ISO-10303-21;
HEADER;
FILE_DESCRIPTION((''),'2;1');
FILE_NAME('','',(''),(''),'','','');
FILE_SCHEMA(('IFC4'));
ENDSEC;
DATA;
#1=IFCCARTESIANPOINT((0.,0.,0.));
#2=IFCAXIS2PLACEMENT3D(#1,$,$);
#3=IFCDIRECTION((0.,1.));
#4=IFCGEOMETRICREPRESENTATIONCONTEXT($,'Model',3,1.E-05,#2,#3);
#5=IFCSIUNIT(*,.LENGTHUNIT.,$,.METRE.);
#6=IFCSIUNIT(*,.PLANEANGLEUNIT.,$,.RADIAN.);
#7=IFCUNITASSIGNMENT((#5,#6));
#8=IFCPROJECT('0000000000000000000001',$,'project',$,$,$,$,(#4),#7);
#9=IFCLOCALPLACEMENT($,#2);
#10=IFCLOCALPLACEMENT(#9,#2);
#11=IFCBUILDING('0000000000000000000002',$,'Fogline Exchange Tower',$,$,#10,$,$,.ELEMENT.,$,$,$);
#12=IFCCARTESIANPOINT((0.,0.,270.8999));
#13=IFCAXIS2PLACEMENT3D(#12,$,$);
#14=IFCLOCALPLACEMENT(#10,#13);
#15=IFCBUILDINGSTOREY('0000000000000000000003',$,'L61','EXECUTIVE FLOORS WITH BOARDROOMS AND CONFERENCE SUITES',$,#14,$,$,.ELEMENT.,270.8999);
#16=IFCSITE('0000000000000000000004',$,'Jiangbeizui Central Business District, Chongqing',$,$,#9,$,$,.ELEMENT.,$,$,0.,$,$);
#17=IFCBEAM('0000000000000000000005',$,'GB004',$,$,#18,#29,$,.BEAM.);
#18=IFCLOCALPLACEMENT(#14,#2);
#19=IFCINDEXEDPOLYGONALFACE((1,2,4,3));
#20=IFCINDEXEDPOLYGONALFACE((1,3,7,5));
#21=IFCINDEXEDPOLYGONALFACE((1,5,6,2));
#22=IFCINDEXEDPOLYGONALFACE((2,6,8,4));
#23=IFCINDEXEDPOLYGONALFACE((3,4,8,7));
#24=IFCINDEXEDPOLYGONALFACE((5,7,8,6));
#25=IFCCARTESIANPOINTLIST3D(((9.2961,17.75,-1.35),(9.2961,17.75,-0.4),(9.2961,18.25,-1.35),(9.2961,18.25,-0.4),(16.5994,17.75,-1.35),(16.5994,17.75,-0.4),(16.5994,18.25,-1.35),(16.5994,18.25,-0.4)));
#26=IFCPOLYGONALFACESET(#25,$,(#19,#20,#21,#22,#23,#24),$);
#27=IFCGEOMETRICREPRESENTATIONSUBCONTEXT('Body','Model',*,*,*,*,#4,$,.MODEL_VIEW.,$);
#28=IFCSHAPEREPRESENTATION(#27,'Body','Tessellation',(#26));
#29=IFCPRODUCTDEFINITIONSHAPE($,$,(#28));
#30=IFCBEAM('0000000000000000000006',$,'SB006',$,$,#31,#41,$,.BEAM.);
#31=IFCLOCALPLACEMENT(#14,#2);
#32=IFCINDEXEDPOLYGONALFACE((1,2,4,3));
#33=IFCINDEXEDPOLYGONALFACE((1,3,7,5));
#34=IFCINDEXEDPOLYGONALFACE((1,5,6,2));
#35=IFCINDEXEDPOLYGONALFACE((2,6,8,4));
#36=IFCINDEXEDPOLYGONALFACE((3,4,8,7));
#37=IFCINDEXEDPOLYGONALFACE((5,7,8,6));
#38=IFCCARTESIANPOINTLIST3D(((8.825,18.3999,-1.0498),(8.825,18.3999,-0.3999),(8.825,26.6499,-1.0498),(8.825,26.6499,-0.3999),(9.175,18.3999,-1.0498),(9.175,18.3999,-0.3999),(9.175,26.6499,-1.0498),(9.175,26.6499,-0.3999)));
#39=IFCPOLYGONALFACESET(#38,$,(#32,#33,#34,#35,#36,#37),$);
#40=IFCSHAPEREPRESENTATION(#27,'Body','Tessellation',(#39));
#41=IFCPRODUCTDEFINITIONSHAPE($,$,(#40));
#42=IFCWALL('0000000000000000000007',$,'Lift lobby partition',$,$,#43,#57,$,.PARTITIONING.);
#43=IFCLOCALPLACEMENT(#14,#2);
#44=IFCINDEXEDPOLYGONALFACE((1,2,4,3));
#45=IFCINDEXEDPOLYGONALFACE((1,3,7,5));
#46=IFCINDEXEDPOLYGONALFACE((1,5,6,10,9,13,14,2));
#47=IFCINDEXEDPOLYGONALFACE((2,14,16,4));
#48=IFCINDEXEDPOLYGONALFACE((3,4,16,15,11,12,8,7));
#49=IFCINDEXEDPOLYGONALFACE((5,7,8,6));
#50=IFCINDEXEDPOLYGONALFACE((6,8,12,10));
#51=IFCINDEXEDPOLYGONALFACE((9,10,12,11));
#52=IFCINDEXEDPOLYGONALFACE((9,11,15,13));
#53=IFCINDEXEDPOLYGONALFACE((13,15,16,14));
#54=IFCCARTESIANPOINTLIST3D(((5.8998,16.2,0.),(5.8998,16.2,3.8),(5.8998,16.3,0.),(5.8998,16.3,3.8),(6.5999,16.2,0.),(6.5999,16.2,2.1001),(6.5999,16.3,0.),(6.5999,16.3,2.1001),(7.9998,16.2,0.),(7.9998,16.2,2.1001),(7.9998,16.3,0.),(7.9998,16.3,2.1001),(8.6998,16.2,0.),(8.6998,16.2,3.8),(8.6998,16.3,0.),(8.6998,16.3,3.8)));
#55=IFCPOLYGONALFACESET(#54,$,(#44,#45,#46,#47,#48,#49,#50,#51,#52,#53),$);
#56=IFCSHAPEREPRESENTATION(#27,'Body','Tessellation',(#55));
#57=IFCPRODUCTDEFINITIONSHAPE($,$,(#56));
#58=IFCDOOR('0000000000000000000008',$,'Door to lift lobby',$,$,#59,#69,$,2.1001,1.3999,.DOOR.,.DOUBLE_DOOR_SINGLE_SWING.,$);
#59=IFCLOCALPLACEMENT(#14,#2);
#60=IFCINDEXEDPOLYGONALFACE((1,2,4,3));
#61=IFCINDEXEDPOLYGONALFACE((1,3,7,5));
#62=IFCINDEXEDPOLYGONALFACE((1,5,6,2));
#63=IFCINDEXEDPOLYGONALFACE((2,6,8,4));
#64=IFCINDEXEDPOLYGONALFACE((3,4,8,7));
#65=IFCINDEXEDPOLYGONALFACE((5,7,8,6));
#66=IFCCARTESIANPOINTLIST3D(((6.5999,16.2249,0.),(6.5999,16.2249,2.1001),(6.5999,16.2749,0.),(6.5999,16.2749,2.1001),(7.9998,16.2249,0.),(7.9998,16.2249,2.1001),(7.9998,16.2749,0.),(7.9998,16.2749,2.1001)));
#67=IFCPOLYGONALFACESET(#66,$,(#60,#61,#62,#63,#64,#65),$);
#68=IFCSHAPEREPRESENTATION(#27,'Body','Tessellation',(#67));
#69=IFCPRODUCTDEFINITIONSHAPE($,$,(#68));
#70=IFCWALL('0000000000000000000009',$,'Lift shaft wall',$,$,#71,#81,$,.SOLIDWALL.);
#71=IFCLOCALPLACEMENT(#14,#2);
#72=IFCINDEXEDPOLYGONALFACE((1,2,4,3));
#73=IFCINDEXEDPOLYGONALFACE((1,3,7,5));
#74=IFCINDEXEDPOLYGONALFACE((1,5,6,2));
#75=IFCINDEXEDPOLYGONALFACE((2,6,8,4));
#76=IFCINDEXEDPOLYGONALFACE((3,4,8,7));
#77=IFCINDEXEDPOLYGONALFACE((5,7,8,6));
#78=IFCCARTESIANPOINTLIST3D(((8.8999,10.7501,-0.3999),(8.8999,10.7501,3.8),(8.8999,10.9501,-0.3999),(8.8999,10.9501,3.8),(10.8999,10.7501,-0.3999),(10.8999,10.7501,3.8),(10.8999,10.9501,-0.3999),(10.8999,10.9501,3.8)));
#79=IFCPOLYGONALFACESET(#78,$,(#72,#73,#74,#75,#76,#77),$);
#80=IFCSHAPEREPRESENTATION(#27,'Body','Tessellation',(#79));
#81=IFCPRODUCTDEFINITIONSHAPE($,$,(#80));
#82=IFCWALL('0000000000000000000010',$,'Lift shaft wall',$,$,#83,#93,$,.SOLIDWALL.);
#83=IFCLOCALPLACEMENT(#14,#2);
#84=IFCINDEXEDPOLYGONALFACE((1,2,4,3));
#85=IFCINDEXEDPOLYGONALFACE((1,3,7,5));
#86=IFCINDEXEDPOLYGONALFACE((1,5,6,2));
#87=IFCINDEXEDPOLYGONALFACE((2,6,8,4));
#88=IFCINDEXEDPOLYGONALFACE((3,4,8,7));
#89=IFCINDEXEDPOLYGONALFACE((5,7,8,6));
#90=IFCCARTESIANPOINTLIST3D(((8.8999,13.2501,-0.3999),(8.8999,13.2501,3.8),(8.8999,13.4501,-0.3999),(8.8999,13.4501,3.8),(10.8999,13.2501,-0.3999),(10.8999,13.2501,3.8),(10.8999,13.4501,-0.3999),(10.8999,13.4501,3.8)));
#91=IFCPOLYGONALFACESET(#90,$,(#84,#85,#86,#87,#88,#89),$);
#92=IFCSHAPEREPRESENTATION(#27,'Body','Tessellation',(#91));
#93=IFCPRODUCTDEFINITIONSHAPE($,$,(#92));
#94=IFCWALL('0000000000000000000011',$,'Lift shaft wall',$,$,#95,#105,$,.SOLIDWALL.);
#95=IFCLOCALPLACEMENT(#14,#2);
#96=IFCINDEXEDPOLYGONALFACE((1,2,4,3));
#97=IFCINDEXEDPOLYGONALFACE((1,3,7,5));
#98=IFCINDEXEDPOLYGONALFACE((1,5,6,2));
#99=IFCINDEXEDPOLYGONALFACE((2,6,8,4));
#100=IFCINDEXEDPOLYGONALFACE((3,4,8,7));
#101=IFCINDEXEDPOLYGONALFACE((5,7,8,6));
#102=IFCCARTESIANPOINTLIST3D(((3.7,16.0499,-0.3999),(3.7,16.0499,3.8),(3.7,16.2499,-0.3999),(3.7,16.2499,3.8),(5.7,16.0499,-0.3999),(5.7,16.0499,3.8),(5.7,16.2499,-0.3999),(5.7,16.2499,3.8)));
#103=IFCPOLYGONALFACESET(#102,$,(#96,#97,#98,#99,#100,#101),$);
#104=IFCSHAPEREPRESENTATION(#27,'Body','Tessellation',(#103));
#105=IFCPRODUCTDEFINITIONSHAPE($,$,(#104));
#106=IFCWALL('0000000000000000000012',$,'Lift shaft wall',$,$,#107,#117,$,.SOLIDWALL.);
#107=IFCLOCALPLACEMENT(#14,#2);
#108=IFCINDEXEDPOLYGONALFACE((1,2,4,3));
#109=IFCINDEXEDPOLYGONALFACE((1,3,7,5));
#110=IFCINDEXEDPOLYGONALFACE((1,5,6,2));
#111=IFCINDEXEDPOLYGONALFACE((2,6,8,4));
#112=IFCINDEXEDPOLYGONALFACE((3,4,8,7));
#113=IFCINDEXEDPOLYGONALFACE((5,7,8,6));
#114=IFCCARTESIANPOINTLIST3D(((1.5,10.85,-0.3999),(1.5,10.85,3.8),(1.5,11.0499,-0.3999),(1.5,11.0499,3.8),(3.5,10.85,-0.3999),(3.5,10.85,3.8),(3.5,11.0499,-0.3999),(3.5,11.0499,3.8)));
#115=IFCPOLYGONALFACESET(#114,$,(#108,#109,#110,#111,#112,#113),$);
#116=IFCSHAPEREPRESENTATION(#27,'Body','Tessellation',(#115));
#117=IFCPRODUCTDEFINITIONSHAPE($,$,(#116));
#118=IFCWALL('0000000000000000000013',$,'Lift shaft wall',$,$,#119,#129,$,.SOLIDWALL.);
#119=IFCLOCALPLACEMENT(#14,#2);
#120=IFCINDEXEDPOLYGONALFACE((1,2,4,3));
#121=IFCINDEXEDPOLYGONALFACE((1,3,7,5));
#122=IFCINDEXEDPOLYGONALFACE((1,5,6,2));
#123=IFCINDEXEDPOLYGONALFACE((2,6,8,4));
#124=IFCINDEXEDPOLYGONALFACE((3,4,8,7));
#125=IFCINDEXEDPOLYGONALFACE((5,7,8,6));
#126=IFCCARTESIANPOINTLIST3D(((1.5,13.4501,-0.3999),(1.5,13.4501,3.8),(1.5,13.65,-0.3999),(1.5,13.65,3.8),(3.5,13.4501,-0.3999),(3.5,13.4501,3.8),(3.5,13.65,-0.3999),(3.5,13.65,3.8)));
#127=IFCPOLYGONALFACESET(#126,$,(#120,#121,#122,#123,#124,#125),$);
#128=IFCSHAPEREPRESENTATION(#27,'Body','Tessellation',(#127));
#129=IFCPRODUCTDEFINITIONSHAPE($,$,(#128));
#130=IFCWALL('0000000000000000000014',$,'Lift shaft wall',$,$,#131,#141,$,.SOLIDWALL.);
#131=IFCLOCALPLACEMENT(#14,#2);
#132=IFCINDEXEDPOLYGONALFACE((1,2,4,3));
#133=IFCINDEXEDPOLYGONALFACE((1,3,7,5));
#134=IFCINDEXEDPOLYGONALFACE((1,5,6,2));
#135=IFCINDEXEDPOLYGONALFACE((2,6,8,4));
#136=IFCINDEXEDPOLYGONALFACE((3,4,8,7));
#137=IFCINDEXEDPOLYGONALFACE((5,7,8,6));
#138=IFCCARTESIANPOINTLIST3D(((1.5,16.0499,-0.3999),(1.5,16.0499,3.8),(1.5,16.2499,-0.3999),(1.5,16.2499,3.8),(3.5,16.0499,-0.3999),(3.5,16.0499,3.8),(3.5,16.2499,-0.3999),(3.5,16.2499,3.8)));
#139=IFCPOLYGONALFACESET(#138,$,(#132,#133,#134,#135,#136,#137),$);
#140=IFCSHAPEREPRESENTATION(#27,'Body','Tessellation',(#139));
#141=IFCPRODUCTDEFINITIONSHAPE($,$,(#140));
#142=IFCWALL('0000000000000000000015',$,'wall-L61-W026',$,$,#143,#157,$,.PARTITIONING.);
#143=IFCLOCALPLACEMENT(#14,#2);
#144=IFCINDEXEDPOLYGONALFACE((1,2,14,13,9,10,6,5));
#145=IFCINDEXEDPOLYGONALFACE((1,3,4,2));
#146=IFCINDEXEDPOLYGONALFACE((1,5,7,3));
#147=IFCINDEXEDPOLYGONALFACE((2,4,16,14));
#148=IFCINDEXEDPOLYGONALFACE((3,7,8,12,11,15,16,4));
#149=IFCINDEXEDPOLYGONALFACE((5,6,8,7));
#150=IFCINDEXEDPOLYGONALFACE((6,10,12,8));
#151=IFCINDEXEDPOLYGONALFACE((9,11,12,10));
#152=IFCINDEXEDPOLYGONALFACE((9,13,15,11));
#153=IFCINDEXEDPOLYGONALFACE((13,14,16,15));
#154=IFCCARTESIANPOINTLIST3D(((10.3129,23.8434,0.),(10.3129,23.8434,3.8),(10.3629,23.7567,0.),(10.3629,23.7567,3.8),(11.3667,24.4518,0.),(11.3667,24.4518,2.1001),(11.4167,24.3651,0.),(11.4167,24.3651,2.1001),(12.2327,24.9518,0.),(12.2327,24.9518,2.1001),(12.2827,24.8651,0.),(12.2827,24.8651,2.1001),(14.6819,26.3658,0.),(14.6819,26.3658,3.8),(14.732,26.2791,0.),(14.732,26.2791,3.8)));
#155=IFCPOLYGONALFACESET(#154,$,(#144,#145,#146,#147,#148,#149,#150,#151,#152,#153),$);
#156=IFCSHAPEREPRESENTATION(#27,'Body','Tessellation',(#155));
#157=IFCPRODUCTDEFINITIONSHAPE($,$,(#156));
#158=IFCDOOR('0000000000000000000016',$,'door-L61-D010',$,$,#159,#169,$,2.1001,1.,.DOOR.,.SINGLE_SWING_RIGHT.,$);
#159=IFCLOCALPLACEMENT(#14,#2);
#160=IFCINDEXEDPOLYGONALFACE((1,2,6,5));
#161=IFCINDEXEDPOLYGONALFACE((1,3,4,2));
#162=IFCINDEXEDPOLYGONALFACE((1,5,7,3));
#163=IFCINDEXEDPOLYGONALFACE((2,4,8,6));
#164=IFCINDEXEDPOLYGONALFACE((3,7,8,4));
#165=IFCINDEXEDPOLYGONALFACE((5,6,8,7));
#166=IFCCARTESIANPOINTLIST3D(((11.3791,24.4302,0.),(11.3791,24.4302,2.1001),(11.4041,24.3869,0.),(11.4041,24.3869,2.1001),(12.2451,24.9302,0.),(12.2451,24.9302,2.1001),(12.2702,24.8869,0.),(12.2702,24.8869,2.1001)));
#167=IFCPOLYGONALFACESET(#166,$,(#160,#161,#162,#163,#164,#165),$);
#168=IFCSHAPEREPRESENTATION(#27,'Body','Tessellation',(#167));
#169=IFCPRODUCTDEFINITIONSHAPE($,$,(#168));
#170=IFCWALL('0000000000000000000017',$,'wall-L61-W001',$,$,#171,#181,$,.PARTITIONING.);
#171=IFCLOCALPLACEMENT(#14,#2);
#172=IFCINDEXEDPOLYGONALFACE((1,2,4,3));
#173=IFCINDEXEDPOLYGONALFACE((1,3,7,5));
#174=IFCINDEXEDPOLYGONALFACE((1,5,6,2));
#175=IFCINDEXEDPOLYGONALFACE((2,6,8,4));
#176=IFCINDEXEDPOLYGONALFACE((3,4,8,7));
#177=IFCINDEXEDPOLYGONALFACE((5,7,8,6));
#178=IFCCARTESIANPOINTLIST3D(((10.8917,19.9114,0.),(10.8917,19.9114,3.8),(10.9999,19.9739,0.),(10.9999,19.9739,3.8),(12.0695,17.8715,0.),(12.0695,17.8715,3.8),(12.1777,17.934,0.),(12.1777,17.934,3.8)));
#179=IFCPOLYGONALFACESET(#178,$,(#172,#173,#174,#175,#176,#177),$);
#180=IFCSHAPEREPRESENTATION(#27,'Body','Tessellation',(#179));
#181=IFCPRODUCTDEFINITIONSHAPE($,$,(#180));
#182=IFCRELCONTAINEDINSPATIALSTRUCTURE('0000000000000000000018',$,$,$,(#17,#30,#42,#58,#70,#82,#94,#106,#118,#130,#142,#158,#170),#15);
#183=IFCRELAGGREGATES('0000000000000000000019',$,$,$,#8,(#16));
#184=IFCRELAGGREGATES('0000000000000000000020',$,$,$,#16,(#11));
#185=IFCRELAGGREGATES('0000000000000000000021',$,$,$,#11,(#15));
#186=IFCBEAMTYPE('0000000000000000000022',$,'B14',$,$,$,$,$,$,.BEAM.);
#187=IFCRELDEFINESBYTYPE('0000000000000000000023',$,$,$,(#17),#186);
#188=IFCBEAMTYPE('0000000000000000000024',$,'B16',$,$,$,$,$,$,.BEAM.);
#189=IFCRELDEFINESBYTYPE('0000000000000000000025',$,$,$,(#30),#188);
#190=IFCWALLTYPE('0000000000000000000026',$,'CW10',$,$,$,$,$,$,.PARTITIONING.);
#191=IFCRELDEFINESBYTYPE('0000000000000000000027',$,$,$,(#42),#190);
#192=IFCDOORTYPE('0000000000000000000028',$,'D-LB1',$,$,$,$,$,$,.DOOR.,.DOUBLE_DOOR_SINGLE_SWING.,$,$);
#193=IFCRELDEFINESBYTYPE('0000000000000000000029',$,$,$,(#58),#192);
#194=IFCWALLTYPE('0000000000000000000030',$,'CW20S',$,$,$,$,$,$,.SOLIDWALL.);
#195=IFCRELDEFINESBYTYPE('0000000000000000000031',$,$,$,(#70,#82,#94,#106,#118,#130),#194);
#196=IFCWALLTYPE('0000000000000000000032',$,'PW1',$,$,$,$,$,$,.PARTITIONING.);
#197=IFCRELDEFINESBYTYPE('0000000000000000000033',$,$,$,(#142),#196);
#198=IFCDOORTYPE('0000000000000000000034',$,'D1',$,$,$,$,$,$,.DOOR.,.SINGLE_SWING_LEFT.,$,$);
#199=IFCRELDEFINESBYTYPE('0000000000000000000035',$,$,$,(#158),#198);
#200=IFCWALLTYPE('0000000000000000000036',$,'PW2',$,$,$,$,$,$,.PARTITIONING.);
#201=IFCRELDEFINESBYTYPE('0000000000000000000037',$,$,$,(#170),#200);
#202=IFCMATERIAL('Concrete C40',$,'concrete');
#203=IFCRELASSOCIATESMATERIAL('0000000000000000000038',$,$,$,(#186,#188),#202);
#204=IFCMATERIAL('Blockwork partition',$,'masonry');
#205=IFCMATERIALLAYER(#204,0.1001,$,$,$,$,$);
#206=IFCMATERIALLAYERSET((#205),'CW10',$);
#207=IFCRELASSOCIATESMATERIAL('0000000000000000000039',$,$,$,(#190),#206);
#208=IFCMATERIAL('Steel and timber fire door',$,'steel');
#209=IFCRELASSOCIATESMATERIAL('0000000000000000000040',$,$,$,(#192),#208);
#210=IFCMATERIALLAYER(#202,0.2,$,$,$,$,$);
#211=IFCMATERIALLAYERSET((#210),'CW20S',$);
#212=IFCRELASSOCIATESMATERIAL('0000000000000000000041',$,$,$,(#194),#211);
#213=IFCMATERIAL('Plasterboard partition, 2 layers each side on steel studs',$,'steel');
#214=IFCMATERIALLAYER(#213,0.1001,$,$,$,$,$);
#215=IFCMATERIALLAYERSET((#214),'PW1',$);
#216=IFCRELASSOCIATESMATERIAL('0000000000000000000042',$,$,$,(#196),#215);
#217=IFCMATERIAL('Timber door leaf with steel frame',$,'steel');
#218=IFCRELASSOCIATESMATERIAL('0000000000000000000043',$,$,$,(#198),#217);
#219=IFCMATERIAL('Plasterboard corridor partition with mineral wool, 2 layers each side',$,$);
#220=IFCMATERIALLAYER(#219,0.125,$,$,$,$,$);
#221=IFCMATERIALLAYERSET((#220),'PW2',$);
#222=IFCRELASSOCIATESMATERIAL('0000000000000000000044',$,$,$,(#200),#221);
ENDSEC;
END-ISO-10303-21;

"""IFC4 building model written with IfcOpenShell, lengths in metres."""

from ifc_helpers import new_model, si_unit, direction, frame, frame_2d, origin, origin_2d, place, context, subcontext, project, spatial, rectangle, extrude, material, layer, layer_set, material_profile, profile_set, type_object, element, fill, save


model = new_model("IFC4")

# Units and contexts
model_context = context("Model", 3, precision=1e-05, world=origin(), true_north=direction((0.0, 1.0)))
body_context = subcontext(model_context, "Body", "Model", "MODEL_VIEW")
ifc_project = project(units=[si_unit("LENGTHUNIT", "METRE"), si_unit("PLANEANGLEUNIT", "RADIAN")], contexts=[model_context])

# Site, building, storey
site_placement = place(None, origin())
site = spatial("IfcSite", under=ifc_project, at=site_placement, Name="Jiangbeizui Central Business District, Chongqing", CompositionType="ELEMENT", RefElevation=0.0)
building_placement = place(site_placement, origin())
building = spatial("IfcBuilding", under=site, at=building_placement, Name="Fogline Exchange Tower", CompositionType="ELEMENT")
storey_placement = place(building_placement, frame((0.0, 0.0, 270.8999)))
storey = spatial("IfcBuildingStorey", under=building, at=storey_placement, Name="L61", Description="EXECUTIVE FLOORS WITH BOARDROOMS AND CONFERENCE SUITES", CompositionType="ELEMENT", Elevation=270.8999)

# Beams
ifc_material_1 = material(Name="Concrete C40", Category="concrete")
ifc_material_profile_1 = material_profile(ifc_material_1, rectangle(XDim=0.5, YDim=0.95, at=origin_2d()), Name="RC 500x950")
ifc_profile_set_1 = profile_set([ifc_material_profile_1], Name="Concrete C40")
beam_type_1 = type_object("IfcBeamType", Name="B14", PredefinedType="BEAM", material=ifc_profile_set_1)
beam_1_placement = place(storey_placement, frame((9.2961, 18.0, -0.875), z_axis=(1.0, 0.0, 0.0), x_axis=(0.0, 1.0, 0.0)))
element("IfcBeam", 1, at=beam_1_placement, inside=storey, type_object=beam_type_1, Name="GB004", PredefinedType="BEAM", context=body_context, shape_type="SweptSolid", body=[
    extrude(rectangle(XDim=0.5, YDim=0.95, at=origin_2d()), origin(), (0.0, 0.0, 1.0), 7.3032),
])
ifc_material_profile_2 = material_profile(ifc_material_1, rectangle(XDim=0.3501, YDim=0.6499, at=origin_2d()), Name="RC 350x650")
ifc_profile_set_2 = profile_set([ifc_material_profile_2], Name="Concrete C40")
beam_type_2 = type_object("IfcBeamType", Name="B16", PredefinedType="BEAM", material=ifc_profile_set_2)
beam_2_placement = place(storey_placement, frame((9.0, 18.3999, -0.7249), z_axis=(0.0, 1.0, 0.0), x_axis=(-1.0, 0.0, 0.0)))
element("IfcBeam", 2, at=beam_2_placement, inside=storey, type_object=beam_type_2, Name="SB006", PredefinedType="BEAM", context=body_context, shape_type="SweptSolid", body=[
    extrude(rectangle(XDim=0.3501, YDim=0.6499, at=origin_2d()), origin(), (0.0, 0.0, 1.0), 8.25),
])

# Wall, opening, door
ifc_material_2 = material(Name="Blockwork partition", Category="masonry")
ifc_layer_1 = layer(ifc_material_2, 0.1001)
ifc_layer_set_1 = layer_set([ifc_layer_1], Name="CW10")
wall_type_1 = type_object("IfcWallType", Name="CW10", PredefinedType="PARTITIONING", material=ifc_layer_set_1)
wall_1_placement = place(storey_placement, frame((5.8999, 16.25, 0.0), z_axis=(0.0, 0.0, 1.0), x_axis=(1.0, 0.0, 0.0)))
wall_1 = element("IfcWall", 3, at=wall_1_placement, inside=storey, type_object=wall_type_1, Name="Lift lobby partition", PredefinedType="PARTITIONING", context=body_context, shape_type="SweptSolid", body=[
    extrude(rectangle(XDim=2.8, YDim=0.1001, at=frame_2d((1.3999, 0.0))), origin(), (0.0, 0.0, 1.0), 3.8),
])
opening_1_placement = place(wall_1_placement, frame((0.7, 0.0, 0.0)))
opening_1 = element("IfcOpeningElement", 4, at=opening_1_placement, cuts=wall_1, PredefinedType="OPENING", context=body_context, shape_type="SweptSolid", body=[
    extrude(rectangle(XDim=1.3999, YDim=2.1001, at=frame_2d((0.7, 1.05))), frame((0.0, 0.0601, 0.0), z_axis=(0.0, -1.0, 0.0), x_axis=(1.0, 0.0, 0.0)), (0.0, 0.0, 1.0), 0.1201),
])
ifc_material_3 = material(Name="Steel and timber fire door", Category="steel")
door_type_1 = type_object("IfcDoorType", Name="D-LB1", OperationType="DOUBLE_DOOR_SINGLE_SWING", PredefinedType="DOOR", material=ifc_material_3)
door_1_placement = place(opening_1_placement, origin())
door_1 = element("IfcDoor", 5, at=door_1_placement, inside=storey, type_object=door_type_1, Name="Door to lift lobby", OperationType="DOUBLE_DOOR_SINGLE_SWING", OverallHeight=2.1001, OverallWidth=1.3999, PredefinedType="DOOR", context=body_context, shape_type="SweptSolid", body=[
    extrude(rectangle(XDim=1.3999, YDim=2.1001, at=frame_2d((0.7, 1.05))), frame((0.0, 0.0249, 0.0), z_axis=(0.0, -1.0, 0.0), x_axis=(1.0, 0.0, 0.0)), (0.0, 0.0, 1.0), 0.05),
])
fill(opening_1, door_1)

# Walls
ifc_layer_2 = layer(ifc_material_1, 0.2)
ifc_layer_set_2 = layer_set([ifc_layer_2], Name="CW20S")
wall_type_2 = type_object("IfcWallType", Name="CW20S", PredefinedType="SOLIDWALL", material=ifc_layer_set_2)
for number, where, z_axis, x_axis, name in (
    (6, (8.8999, 10.8501, -0.3999), (0.0, 0.0, 1.0), (1.0, 0.0, 0.0), "Lift shaft wall"),
    (7, (8.8999, 13.3501, -0.3999), (0.0, 0.0, 1.0), (1.0, 0.0, 0.0), "Lift shaft wall"),
    (8, (3.7, 16.1499, -0.3999), (0.0, 0.0, 1.0), (1.0, 0.0, 0.0), "Lift shaft wall"),
    (9, (1.5, 10.95, -0.3999), (0.0, 0.0, 1.0), (1.0, 0.0, 0.0), "Lift shaft wall"),
    (10, (1.5, 13.55, -0.3999), (0.0, 0.0, 1.0), (1.0, 0.0, 0.0), "Lift shaft wall"),
    (11, (1.5, 16.1499, -0.3999), (0.0, 0.0, 1.0), (1.0, 0.0, 0.0), "Lift shaft wall"),
):
    element("IfcWall", number, at=place(storey_placement, frame(where, z_axis=z_axis, x_axis=x_axis)), inside=storey, type_object=wall_type_2, Name=name, PredefinedType="SOLIDWALL", context=body_context, shape_type="SweptSolid", body=[
        extrude(rectangle(XDim=2.0, YDim=0.2, at=frame_2d((1.0, 0.0))), origin(), (0.0, 0.0, 1.0), 4.2),
    ])

# Wall, opening, door
ifc_material_4 = material(Name="Plasterboard partition, 2 layers each side on steel studs", Category="steel")
ifc_layer_3 = layer(ifc_material_4, 0.1001)
ifc_layer_set_3 = layer_set([ifc_layer_3], Name="PW1")
wall_type_3 = type_object("IfcWallType", Name="PW1", PredefinedType="PARTITIONING", material=ifc_layer_set_3)
wall_2_placement = place(storey_placement, frame((10.3379, 23.8, 0.0), z_axis=(0.0, 0.0, 1.0), x_axis=(0.866031, 0.499991, 0.0)))
wall_2 = element("IfcWall", 12, at=wall_2_placement, inside=storey, type_object=wall_type_3, Name="wall-L61-W026", PredefinedType="PARTITIONING", context=body_context, shape_type="SweptSolid", body=[
    extrude(rectangle(XDim=5.0449, YDim=0.1001, at=frame_2d((2.5225, 0.0))), origin(), (0.0, 0.0, 1.0), 3.8),
])
opening_2_placement = place(wall_2_placement, frame((1.2168, 0.0, 0.0)))
opening_2 = element("IfcOpeningElement", 13, at=opening_2_placement, cuts=wall_2, PredefinedType="OPENING", context=body_context, shape_type="SweptSolid", body=[
    extrude(rectangle(XDim=1.0, YDim=2.1001, at=frame_2d((0.5, 1.05))), frame((0.0, 0.0601, 0.0), z_axis=(0.0, -1.0, 0.0), x_axis=(1.0, 0.0, 0.0)), (0.0, 0.0, 1.0), 0.1201),
])
ifc_material_5 = material(Name="Timber door leaf with steel frame", Category="steel")
door_type_2 = type_object("IfcDoorType", Name="D1", OperationType="SINGLE_SWING_LEFT", PredefinedType="DOOR", material=ifc_material_5)
door_2_placement = place(opening_2_placement, frame((1.0, 0.0, 0.0), z_axis=(0.0, 0.0, 1.0), x_axis=(-1.0, 0.0, 0.0)))
door_2 = element("IfcDoor", 14, at=door_2_placement, inside=storey, type_object=door_type_2, Name="door-L61-D010", OperationType="SINGLE_SWING_RIGHT", OverallHeight=2.1001, OverallWidth=1.0, PredefinedType="DOOR", context=body_context, shape_type="SweptSolid", body=[
    extrude(rectangle(XDim=1.0, YDim=2.1001, at=frame_2d((0.5, 1.05))), frame((0.0, 0.0249, 0.0), z_axis=(0.0, -1.0, 0.0), x_axis=(1.0, 0.0, 0.0)), (0.0, 0.0, 1.0), 0.05),
])
fill(opening_2, door_2)

# Wall
ifc_material_6 = material(Name="Plasterboard corridor partition with mineral wool, 2 layers each side")
ifc_layer_4 = layer(ifc_material_6, 0.125)
ifc_layer_set_4 = layer_set([ifc_layer_4], Name="PW2")
wall_type_4 = type_object("IfcWallType", Name="PW2", PredefinedType="PARTITIONING", material=ifc_layer_set_4)
wall_3_placement = place(storey_placement, frame((10.9458, 19.9426, 0.0), z_axis=(0.0, 0.0, 1.0), x_axis=(0.500019, -0.866015, 0.0)))
element("IfcWall", 15, at=wall_3_placement, inside=storey, type_object=wall_type_4, Name="wall-L61-W001", PredefinedType="PARTITIONING", context=body_context, shape_type="SweptSolid", body=[
    extrude(rectangle(XDim=2.3555, YDim=0.125, at=frame_2d((1.1777, 0.0))), origin(), (0.0, 0.0, 1.0), 3.8),
])

save(model, "model.ifc")
